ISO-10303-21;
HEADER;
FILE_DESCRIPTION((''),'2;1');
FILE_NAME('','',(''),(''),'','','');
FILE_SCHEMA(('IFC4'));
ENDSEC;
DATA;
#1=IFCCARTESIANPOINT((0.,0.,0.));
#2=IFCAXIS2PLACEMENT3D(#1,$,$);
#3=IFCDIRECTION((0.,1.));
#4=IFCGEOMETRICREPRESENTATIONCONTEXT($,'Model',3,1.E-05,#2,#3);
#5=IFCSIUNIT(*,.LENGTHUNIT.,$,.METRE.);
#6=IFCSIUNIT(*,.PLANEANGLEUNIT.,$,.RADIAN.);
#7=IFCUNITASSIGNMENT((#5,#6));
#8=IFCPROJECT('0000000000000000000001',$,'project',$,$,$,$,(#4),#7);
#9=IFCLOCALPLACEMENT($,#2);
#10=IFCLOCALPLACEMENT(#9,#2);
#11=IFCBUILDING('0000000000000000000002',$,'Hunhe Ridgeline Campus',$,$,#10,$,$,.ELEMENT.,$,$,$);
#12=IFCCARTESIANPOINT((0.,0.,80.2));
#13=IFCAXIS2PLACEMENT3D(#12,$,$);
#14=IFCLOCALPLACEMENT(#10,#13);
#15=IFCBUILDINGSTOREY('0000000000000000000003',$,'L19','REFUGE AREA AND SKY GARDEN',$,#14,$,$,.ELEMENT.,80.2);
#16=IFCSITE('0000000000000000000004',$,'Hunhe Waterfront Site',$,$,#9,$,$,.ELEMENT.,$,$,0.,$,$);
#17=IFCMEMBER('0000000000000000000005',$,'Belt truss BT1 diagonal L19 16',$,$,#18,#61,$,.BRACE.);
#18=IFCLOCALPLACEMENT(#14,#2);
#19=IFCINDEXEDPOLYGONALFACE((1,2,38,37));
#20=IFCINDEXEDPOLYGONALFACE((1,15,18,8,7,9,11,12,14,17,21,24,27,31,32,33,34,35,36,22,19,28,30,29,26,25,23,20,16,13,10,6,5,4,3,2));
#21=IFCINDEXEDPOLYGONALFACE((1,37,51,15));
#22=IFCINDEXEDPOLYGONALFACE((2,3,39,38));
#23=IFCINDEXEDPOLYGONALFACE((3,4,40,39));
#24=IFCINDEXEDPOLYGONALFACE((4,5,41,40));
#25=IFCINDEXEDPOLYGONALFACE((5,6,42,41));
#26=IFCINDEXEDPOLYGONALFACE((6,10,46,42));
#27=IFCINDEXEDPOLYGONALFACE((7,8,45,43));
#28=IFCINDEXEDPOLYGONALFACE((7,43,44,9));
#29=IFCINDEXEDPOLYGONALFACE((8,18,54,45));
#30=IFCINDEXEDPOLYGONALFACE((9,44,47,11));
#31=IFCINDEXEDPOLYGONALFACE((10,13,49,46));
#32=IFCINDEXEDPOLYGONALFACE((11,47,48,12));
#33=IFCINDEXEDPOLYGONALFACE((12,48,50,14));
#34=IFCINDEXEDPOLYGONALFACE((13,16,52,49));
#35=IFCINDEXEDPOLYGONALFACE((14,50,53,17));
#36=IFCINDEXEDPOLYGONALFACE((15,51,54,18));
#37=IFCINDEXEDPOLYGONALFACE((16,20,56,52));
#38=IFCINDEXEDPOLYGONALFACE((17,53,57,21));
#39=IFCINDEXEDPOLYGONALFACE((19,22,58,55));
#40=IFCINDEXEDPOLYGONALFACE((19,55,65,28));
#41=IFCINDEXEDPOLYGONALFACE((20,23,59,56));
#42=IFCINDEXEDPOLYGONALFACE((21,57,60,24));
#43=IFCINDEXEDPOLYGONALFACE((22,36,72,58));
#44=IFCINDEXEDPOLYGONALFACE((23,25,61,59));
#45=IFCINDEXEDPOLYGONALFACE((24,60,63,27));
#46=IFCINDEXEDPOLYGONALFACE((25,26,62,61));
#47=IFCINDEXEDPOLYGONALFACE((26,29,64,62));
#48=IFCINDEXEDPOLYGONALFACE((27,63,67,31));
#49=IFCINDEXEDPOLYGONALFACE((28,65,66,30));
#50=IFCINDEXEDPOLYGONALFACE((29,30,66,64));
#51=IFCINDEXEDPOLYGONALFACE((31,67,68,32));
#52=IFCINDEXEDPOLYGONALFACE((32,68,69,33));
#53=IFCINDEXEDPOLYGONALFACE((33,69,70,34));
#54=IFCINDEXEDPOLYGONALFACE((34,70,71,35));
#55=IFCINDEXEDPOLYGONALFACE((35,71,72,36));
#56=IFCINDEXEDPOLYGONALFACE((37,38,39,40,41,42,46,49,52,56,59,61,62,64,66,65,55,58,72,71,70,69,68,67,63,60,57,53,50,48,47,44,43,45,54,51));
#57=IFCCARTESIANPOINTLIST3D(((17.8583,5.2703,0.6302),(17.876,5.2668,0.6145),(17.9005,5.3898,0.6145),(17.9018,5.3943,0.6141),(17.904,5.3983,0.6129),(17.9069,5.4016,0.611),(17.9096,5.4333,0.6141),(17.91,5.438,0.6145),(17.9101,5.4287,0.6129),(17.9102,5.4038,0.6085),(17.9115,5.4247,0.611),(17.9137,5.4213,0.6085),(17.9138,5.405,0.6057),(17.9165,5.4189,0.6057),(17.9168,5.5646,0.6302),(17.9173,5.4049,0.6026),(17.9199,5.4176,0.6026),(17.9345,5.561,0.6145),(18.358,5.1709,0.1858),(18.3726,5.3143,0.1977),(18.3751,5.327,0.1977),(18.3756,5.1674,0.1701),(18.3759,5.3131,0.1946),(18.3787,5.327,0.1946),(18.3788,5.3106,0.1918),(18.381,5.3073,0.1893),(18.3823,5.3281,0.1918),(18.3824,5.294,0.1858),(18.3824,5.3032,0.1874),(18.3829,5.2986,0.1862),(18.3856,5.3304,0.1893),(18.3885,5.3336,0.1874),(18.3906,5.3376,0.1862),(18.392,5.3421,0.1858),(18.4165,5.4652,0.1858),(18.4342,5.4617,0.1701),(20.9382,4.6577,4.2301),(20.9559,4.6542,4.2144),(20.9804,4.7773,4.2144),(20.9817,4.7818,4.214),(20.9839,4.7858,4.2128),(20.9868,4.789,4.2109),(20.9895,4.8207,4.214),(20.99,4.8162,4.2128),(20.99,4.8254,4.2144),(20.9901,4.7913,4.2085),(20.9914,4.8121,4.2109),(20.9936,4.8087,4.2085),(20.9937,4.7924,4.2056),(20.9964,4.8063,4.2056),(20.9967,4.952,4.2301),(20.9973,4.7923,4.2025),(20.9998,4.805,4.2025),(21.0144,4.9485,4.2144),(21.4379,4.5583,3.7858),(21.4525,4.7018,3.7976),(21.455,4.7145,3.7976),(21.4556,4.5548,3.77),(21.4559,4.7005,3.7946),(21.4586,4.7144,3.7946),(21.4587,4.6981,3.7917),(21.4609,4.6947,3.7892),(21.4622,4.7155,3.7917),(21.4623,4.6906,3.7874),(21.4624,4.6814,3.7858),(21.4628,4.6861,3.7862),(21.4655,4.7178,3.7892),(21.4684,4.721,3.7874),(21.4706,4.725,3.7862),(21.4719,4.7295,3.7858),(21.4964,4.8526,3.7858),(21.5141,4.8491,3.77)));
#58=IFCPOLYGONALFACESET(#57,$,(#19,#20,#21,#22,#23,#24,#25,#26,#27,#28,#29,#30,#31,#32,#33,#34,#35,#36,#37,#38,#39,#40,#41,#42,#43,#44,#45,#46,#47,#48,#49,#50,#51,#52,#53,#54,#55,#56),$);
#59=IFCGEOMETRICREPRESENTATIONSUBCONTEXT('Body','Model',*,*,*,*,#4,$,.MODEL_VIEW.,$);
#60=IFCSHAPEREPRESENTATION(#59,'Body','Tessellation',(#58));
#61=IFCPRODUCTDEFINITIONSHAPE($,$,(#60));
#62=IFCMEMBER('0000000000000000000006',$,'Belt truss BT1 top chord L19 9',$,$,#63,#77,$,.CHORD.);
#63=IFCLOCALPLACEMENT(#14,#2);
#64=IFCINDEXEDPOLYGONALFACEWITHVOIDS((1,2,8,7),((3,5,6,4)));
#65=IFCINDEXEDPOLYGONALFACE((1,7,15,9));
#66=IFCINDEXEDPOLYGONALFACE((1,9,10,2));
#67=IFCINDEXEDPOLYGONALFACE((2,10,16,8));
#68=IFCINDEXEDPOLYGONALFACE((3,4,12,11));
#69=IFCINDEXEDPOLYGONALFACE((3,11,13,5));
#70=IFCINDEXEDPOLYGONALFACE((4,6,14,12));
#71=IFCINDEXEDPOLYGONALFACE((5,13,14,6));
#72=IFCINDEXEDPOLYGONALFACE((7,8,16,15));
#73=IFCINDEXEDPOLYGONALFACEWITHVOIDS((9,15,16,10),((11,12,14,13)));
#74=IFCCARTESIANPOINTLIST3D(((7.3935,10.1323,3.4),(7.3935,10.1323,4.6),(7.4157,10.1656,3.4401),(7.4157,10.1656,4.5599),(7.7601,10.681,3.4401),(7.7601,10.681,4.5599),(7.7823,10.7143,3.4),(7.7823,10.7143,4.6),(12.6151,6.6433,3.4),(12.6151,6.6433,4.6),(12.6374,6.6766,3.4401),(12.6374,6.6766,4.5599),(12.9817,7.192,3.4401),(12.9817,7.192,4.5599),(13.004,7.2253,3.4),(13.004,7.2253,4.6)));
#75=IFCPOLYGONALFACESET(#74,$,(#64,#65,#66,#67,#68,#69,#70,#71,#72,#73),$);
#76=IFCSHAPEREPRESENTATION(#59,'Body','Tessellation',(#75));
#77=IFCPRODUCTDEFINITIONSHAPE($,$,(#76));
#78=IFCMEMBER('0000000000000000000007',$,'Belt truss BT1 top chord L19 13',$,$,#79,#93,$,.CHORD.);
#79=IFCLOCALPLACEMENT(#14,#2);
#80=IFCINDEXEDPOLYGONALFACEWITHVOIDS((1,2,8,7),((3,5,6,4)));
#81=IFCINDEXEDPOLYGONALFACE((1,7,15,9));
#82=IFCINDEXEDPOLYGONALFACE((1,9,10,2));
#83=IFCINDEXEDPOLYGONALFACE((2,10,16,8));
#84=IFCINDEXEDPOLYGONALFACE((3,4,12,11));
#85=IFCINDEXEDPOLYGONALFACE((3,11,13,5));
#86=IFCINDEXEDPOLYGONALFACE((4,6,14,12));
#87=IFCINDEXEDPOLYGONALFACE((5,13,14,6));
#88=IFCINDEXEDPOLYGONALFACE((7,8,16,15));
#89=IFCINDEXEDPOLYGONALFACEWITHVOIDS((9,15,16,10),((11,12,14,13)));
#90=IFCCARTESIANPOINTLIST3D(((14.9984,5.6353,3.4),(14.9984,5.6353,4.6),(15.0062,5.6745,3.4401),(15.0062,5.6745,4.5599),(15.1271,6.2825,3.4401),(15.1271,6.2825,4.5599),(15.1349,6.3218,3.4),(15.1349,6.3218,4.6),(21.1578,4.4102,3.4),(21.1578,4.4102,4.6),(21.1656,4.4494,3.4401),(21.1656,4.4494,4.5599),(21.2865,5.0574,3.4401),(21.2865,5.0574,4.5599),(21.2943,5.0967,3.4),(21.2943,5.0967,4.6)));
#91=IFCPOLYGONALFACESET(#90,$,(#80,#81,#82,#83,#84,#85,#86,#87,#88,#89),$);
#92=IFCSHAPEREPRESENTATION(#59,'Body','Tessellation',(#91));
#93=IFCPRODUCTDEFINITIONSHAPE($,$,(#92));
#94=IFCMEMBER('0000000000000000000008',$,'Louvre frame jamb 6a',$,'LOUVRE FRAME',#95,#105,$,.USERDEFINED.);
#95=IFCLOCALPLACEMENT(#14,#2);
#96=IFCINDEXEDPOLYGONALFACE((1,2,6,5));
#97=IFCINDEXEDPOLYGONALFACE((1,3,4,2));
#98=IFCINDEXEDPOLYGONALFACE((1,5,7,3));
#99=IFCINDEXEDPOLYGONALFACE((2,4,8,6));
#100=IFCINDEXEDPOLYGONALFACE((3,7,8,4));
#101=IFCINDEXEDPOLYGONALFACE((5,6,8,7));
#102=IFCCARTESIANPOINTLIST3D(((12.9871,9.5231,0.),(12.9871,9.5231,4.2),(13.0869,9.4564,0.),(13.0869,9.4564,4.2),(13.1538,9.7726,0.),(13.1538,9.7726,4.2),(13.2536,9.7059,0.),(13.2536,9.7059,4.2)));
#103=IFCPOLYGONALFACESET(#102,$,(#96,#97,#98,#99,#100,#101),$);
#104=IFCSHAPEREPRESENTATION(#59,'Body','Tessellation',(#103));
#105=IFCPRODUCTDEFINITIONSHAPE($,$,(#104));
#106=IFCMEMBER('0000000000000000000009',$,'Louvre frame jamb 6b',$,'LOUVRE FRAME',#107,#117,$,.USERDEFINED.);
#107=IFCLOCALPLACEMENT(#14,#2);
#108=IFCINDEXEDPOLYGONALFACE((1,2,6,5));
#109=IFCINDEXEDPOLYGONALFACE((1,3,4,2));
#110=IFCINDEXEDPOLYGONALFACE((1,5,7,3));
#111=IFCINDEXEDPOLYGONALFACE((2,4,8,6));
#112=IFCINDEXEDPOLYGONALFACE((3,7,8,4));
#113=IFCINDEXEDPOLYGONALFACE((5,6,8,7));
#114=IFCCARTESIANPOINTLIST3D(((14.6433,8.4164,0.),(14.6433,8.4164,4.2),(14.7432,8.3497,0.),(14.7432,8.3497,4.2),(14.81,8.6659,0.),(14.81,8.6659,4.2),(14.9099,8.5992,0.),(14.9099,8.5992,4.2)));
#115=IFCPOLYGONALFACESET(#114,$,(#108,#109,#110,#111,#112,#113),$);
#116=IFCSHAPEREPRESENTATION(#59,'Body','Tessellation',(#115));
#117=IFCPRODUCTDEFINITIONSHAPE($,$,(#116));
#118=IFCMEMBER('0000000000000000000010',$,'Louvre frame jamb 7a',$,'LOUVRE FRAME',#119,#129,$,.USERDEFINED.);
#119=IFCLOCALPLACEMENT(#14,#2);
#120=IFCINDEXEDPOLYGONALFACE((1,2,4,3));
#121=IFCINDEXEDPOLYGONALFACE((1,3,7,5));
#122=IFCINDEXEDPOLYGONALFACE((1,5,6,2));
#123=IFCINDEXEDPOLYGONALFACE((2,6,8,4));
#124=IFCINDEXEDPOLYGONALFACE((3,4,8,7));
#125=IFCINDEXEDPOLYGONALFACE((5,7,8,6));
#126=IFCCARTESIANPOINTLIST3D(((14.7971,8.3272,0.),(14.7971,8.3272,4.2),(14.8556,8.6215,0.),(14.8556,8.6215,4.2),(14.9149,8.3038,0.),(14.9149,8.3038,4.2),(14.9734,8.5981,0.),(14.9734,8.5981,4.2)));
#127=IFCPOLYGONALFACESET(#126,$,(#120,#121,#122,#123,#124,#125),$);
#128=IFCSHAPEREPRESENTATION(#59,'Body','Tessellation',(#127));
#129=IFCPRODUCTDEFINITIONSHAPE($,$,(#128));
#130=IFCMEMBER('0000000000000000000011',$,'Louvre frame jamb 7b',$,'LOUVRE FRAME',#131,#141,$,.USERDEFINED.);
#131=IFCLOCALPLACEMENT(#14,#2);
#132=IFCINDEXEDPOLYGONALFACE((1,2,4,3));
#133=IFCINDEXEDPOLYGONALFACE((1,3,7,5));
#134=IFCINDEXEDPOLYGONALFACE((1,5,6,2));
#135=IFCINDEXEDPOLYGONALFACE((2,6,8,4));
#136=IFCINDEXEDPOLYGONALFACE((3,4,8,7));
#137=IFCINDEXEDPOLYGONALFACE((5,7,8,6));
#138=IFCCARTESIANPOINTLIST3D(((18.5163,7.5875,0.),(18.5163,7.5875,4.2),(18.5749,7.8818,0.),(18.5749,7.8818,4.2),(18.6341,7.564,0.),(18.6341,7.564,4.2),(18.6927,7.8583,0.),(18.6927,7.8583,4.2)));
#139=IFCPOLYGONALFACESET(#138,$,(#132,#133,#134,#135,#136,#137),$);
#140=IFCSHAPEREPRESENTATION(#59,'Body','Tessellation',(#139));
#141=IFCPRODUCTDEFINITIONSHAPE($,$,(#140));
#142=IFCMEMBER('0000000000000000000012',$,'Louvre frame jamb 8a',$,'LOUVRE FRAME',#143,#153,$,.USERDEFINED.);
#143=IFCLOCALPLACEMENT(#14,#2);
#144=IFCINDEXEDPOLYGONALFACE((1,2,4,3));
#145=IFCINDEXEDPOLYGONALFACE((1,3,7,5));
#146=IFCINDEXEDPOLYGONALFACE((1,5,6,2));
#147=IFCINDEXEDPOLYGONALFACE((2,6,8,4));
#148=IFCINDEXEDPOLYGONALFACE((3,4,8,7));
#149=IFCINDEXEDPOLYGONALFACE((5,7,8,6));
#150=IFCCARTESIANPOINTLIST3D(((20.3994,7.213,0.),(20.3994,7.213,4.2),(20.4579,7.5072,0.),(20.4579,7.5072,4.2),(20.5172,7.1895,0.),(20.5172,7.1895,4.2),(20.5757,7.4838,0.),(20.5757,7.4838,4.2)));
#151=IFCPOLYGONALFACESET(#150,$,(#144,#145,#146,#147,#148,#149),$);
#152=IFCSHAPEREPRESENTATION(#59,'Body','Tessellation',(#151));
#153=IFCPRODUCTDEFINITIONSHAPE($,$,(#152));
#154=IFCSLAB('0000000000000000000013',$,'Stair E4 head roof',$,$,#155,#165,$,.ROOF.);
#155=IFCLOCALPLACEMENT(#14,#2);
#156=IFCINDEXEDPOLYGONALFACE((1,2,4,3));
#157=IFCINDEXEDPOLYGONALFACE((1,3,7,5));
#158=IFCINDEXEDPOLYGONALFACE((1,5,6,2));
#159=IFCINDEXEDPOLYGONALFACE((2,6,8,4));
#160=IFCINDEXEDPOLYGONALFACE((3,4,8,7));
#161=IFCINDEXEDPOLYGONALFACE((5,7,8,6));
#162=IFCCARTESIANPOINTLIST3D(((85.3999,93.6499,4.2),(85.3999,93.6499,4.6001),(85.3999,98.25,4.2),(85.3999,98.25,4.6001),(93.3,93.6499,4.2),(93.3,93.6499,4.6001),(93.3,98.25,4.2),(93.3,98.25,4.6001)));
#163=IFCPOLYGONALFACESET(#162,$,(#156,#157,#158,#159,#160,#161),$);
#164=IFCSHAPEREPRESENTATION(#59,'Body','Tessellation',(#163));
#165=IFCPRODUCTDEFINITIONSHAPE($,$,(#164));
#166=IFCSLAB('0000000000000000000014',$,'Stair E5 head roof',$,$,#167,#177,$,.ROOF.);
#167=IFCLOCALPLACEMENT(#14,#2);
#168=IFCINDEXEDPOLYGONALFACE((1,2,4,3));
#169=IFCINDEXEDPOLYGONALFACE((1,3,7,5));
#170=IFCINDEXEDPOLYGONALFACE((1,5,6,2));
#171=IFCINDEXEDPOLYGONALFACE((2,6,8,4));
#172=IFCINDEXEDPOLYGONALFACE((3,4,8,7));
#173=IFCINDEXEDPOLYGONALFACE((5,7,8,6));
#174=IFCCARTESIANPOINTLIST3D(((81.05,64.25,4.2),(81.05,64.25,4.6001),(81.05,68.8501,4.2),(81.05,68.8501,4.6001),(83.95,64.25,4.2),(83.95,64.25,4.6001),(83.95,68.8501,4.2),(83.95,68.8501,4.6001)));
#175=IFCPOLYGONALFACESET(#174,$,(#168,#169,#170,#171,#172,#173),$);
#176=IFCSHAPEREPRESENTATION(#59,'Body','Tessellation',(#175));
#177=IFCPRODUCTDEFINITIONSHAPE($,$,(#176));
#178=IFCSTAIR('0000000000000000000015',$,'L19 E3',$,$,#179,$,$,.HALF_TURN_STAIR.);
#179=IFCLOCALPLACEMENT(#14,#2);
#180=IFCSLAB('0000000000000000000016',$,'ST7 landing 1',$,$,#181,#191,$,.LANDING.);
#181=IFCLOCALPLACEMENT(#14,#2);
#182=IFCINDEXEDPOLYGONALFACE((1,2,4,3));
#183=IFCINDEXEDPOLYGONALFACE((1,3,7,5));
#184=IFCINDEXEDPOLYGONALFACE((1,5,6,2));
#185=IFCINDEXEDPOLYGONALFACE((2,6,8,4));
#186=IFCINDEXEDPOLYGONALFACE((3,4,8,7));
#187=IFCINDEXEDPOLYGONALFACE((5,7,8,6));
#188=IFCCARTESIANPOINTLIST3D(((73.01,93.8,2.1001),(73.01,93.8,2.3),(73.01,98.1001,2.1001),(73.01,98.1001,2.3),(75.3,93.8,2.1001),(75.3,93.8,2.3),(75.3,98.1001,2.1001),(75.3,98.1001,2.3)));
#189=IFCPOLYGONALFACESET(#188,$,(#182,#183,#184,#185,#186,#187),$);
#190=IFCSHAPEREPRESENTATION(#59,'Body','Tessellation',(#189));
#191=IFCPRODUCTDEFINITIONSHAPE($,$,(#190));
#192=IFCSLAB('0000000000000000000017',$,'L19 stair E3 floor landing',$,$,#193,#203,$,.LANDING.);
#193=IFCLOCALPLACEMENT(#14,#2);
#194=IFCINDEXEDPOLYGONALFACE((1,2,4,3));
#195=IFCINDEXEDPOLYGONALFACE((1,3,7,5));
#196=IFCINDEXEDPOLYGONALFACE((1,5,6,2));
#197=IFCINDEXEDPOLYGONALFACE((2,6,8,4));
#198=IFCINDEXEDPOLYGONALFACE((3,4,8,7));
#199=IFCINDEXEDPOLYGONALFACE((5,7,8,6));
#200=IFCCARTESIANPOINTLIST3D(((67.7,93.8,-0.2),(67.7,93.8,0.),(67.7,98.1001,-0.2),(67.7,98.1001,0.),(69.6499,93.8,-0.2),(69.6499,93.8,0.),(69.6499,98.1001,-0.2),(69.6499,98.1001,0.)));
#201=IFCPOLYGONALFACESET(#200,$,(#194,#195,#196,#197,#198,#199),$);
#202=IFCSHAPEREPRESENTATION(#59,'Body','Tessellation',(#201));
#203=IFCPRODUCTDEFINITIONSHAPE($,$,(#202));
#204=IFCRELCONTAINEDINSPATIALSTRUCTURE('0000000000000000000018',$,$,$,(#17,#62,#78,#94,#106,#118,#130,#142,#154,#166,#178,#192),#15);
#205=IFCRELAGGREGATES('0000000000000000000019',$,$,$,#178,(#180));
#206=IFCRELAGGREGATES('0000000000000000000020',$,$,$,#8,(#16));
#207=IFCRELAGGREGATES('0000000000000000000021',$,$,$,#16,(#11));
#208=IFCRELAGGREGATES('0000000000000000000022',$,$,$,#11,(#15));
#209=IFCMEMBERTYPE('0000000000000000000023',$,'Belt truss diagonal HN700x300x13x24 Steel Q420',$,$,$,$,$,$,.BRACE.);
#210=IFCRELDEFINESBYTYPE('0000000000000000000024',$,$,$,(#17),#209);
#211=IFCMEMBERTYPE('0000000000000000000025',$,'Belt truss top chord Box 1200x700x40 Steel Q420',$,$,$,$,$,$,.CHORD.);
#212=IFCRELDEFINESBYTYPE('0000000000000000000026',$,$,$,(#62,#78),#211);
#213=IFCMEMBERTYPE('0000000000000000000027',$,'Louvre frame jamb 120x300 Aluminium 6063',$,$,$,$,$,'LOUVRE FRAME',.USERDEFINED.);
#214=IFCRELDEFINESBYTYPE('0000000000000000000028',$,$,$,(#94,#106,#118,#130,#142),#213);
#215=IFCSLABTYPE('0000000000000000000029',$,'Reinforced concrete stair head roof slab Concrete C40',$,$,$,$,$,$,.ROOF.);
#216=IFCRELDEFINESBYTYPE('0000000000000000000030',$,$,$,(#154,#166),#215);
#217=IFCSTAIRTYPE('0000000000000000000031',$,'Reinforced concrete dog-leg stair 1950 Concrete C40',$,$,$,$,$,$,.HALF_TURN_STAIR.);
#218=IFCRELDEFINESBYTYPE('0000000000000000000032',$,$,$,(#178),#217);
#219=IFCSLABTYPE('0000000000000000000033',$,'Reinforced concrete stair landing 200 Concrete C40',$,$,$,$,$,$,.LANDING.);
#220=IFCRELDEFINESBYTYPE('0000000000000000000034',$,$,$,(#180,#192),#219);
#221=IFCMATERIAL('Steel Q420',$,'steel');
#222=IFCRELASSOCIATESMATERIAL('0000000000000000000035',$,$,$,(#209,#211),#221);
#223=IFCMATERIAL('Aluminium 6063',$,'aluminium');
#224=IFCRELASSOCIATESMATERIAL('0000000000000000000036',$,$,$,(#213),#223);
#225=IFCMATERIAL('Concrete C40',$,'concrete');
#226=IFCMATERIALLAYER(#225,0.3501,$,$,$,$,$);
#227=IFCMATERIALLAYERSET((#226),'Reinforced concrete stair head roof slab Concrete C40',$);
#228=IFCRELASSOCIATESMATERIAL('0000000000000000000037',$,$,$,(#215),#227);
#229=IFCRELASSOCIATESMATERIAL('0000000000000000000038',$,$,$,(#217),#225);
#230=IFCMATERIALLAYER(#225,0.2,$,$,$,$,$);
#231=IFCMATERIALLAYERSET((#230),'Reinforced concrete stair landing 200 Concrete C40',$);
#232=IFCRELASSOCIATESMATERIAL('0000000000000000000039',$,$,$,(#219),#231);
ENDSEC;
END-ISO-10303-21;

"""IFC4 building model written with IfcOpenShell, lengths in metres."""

from ifc_helpers import new_model, si_unit, direction, frame, origin, origin_2d, place, context, subcontext, project, spatial, polyline, rectangle, hollow_rectangle, i_section, outline, extrude, material, layer, layer_set, material_profile, profile_set, type_object, element, aggregate, save


model = new_model("IFC4")

# Units and contexts
model_context = context("Model", 3, precision=1e-05, world=origin(), true_north=direction((0.0, 1.0)))
body_context = subcontext(model_context, "Body", "Model", "MODEL_VIEW")
ifc_project = project(units=[si_unit("LENGTHUNIT", "METRE"), si_unit("PLANEANGLEUNIT", "RADIAN")], contexts=[model_context])

# Site, building, storey
site_placement = place(None, origin())
site = spatial("IfcSite", under=ifc_project, at=site_placement, Name="Hunhe Waterfront Site", CompositionType="ELEMENT", RefElevation=0.0)
building_placement = place(site_placement, origin())
building = spatial("IfcBuilding", under=site, at=building_placement, Name="Hunhe Ridgeline Campus", CompositionType="ELEMENT")
storey_placement = place(building_placement, frame((0.0, 0.0, 80.2)))
storey = spatial("IfcBuildingStorey", under=building, at=storey_placement, Name="L19", Description="REFUGE AREA AND SKY GARDEN", CompositionType="ELEMENT", Elevation=80.2)

# Members
ifc_material_1 = material(Name="Steel Q420", Category="steel")
ifc_material_profile_1 = material_profile(ifc_material_1, i_section(OverallWidth=0.3, OverallDepth=0.7, WebThickness=0.0129, FlangeThickness=0.0239, FilletRadius=0.0181, at=origin_2d()))
ifc_profile_set_1 = profile_set([ifc_material_profile_1], Name="Steel Q420")
member_type_1 = type_object("IfcMemberType", Name="Belt truss diagonal HN700x300x13x24 Steel Q420", PredefinedType="BRACE", material=ifc_profile_set_1)
member_placement = place(storey_placement, frame((18.1462, 5.366, 0.4001), z_axis=(0.644724, -0.128229, 0.753584), x_axis=(0.195069, 0.980789, 0.0)))
element("IfcMember", 1, at=member_placement, inside=storey, type_object=member_type_1, Name="Belt truss BT1 diagonal L19 16", PredefinedType="BRACE", context=body_context, shape_type="SweptSolid", body=[
    extrude(i_section(OverallWidth=0.3, OverallDepth=0.7, WebThickness=0.0129, FlangeThickness=0.0239, FilletRadius=0.0181, at=origin_2d()), origin(), (0.0, 0.0, 1.0), 4.7771),
])
ifc_material_profile_2 = material_profile(ifc_material_1, hollow_rectangle(XDim=0.7, YDim=1.2, WallThickness=0.04, at=origin_2d()))
ifc_profile_set_2 = profile_set([ifc_material_profile_2], Name="Steel Q420")
member_type_2 = type_object("IfcMemberType", Name="Belt truss top chord Box 1200x700x40 Steel Q420", PredefinedType="CHORD", material=ifc_profile_set_2)
for number, where, z_axis, x_axis, name in (
    (2, (7.5879, 10.4233, 4.0), (0.83147, -0.55557, 0.0), (0.55557, 0.83147, 0.0), "Belt truss BT1 top chord L19 9"),
    (3, (15.0667, 5.9785, 4.0), (0.980788, -0.195077, 0.0), (0.195077, 0.980788, 0.0), "Belt truss BT1 top chord L19 13"),
):
    element("IfcMember", number, at=place(storey_placement, frame(where, z_axis=z_axis, x_axis=x_axis)), inside=storey, type_object=member_type_2, Name=name, PredefinedType="CHORD", context=body_context, shape_type="SweptSolid", body=[
        extrude(hollow_rectangle(XDim=0.7, YDim=1.2, WallThickness=0.04, at=origin_2d()), origin(), (0.0, 0.0, 1.0), 6.28),
    ])
ifc_material_2 = material(Name="Aluminium 6063", Category="aluminium")
ifc_material_profile_3 = material_profile(ifc_material_2, rectangle(XDim=0.3, YDim=0.1201, at=origin_2d()))
ifc_profile_set_3 = profile_set([ifc_material_profile_3], Name="Aluminium 6063")
member_type_3 = type_object("IfcMemberType", Name="Louvre frame jamb 120x300 Aluminium 6063", ElementType="LOUVRE FRAME", PredefinedType="USERDEFINED", material=ifc_profile_set_3)
for number, where, z_axis, x_axis, name in (
    (4, (13.1204, 9.6145, 0.0), (0.0, 0.0, 1.0), (0.55557, 0.83147, 0.0), "Louvre frame jamb 6a"),
    (5, (14.7766, 8.5078, 0.0), (0.0, 0.0, 1.0), (0.55557, 0.83147, 0.0), "Louvre frame jamb 6b"),
    (6, (14.8853, 8.4626, 0.0), (0.0, 0.0, 1.0), (0.19509, 0.980785, 0.0), "Louvre frame jamb 7a"),
    (7, (18.6045, 7.7229, 0.0), (0.0, 0.0, 1.0), (0.19509, 0.980785, 0.0), "Louvre frame jamb 7b"),
    (8, (20.4875, 7.3484, 0.0), (0.0, 0.0, 1.0), (0.19509, 0.980785, 0.0), "Louvre frame jamb 8a"),
):
    element("IfcMember", number, at=place(storey_placement, frame(where, z_axis=z_axis, x_axis=x_axis)), inside=storey, type_object=member_type_3, Name=name, ObjectType="LOUVRE FRAME", PredefinedType="USERDEFINED", context=body_context, shape_type="SweptSolid", body=[
        extrude(rectangle(XDim=0.3, YDim=0.1201, at=origin_2d()), origin(), (0.0, 0.0, 1.0), 4.2),
    ])

# Slabs
ifc_material_3 = material(Name="Concrete C40", Category="concrete")
ifc_layer_1 = layer(ifc_material_3, 0.3501)
ifc_layer_set_1 = layer_set([ifc_layer_1], Name="Reinforced concrete stair head roof slab Concrete C40")
slab_type_1 = type_object("IfcSlabType", Name="Reinforced concrete stair head roof slab Concrete C40", PredefinedType="ROOF", material=ifc_layer_set_1)
slab_1_placement = place(storey_placement, frame((0.0, 0.0, 4.2)))
element("IfcSlab", 9, at=slab_1_placement, inside=storey, type_object=slab_type_1, Name="Stair E4 head roof", PredefinedType="ROOF", context=body_context, shape_type="SweptSolid", body=[
    extrude(outline(polyline([(85.3999, 98.25), (93.3, 98.25), (93.3, 93.6499), (85.3999, 93.6499), (85.3999, 98.25)])), origin(), (0.0, 0.0, 1.0), 0.4001),
])
slab_2_placement = place(storey_placement, frame((0.0, 0.0, 4.2)))
element("IfcSlab", 10, at=slab_2_placement, inside=storey, type_object=slab_type_1, Name="Stair E5 head roof", PredefinedType="ROOF", context=body_context, shape_type="SweptSolid", body=[
    extrude(outline(polyline([(83.95, 64.25), (81.05, 64.25), (81.05, 68.8501), (83.95, 68.8501), (83.95, 64.25)])), origin(), (0.0, 0.0, 1.0), 0.4001),
])

# Stair, slab
stair_type = type_object("IfcStairType", Name="Reinforced concrete dog-leg stair 1950 Concrete C40", PredefinedType="HALF_TURN_STAIR", material=ifc_material_3)
stair_1_placement = place(storey_placement, origin())
stair_1 = element("IfcStair", 11, at=stair_1_placement, inside=storey, type_object=stair_type, Name="L19 E3", PredefinedType="HALF_TURN_STAIR")
ifc_layer_2 = layer(ifc_material_3, 0.2)
ifc_layer_set_2 = layer_set([ifc_layer_2], Name="Reinforced concrete stair landing 200 Concrete C40")
slab_type_2 = type_object("IfcSlabType", Name="Reinforced concrete stair landing 200 Concrete C40", PredefinedType="LANDING", material=ifc_layer_set_2)
slab_3_placement = place(storey_placement, frame((0.0, 0.0, 2.1001)))
slab_3 = element("IfcSlab", 12, at=slab_3_placement, type_object=slab_type_2, Name="ST7 landing 1", PredefinedType="LANDING", context=body_context, shape_type="SweptSolid", body=[
    extrude(outline(polyline([(73.01, 93.8), (75.3, 93.8), (75.3, 98.1001), (73.01, 98.1001), (73.01, 93.8)])), origin(), (0.0, 0.0, 1.0), 0.2),
])
aggregate(stair_1, [slab_3])

# Slab
slab_4_placement = place(storey_placement, frame((0.0, 0.0, -0.2)))
element("IfcSlab", 13, at=slab_4_placement, inside=storey, type_object=slab_type_2, Name="L19 stair E3 floor landing", PredefinedType="LANDING", context=body_context, shape_type="SweptSolid", body=[
    extrude(outline(polyline([(67.7, 93.8), (69.6499, 93.8), (69.6499, 98.1001), (67.7, 98.1001), (67.7, 93.8)])), origin(), (0.0, 0.0, 1.0), 0.2),
])

save(model, "model.ifc")
